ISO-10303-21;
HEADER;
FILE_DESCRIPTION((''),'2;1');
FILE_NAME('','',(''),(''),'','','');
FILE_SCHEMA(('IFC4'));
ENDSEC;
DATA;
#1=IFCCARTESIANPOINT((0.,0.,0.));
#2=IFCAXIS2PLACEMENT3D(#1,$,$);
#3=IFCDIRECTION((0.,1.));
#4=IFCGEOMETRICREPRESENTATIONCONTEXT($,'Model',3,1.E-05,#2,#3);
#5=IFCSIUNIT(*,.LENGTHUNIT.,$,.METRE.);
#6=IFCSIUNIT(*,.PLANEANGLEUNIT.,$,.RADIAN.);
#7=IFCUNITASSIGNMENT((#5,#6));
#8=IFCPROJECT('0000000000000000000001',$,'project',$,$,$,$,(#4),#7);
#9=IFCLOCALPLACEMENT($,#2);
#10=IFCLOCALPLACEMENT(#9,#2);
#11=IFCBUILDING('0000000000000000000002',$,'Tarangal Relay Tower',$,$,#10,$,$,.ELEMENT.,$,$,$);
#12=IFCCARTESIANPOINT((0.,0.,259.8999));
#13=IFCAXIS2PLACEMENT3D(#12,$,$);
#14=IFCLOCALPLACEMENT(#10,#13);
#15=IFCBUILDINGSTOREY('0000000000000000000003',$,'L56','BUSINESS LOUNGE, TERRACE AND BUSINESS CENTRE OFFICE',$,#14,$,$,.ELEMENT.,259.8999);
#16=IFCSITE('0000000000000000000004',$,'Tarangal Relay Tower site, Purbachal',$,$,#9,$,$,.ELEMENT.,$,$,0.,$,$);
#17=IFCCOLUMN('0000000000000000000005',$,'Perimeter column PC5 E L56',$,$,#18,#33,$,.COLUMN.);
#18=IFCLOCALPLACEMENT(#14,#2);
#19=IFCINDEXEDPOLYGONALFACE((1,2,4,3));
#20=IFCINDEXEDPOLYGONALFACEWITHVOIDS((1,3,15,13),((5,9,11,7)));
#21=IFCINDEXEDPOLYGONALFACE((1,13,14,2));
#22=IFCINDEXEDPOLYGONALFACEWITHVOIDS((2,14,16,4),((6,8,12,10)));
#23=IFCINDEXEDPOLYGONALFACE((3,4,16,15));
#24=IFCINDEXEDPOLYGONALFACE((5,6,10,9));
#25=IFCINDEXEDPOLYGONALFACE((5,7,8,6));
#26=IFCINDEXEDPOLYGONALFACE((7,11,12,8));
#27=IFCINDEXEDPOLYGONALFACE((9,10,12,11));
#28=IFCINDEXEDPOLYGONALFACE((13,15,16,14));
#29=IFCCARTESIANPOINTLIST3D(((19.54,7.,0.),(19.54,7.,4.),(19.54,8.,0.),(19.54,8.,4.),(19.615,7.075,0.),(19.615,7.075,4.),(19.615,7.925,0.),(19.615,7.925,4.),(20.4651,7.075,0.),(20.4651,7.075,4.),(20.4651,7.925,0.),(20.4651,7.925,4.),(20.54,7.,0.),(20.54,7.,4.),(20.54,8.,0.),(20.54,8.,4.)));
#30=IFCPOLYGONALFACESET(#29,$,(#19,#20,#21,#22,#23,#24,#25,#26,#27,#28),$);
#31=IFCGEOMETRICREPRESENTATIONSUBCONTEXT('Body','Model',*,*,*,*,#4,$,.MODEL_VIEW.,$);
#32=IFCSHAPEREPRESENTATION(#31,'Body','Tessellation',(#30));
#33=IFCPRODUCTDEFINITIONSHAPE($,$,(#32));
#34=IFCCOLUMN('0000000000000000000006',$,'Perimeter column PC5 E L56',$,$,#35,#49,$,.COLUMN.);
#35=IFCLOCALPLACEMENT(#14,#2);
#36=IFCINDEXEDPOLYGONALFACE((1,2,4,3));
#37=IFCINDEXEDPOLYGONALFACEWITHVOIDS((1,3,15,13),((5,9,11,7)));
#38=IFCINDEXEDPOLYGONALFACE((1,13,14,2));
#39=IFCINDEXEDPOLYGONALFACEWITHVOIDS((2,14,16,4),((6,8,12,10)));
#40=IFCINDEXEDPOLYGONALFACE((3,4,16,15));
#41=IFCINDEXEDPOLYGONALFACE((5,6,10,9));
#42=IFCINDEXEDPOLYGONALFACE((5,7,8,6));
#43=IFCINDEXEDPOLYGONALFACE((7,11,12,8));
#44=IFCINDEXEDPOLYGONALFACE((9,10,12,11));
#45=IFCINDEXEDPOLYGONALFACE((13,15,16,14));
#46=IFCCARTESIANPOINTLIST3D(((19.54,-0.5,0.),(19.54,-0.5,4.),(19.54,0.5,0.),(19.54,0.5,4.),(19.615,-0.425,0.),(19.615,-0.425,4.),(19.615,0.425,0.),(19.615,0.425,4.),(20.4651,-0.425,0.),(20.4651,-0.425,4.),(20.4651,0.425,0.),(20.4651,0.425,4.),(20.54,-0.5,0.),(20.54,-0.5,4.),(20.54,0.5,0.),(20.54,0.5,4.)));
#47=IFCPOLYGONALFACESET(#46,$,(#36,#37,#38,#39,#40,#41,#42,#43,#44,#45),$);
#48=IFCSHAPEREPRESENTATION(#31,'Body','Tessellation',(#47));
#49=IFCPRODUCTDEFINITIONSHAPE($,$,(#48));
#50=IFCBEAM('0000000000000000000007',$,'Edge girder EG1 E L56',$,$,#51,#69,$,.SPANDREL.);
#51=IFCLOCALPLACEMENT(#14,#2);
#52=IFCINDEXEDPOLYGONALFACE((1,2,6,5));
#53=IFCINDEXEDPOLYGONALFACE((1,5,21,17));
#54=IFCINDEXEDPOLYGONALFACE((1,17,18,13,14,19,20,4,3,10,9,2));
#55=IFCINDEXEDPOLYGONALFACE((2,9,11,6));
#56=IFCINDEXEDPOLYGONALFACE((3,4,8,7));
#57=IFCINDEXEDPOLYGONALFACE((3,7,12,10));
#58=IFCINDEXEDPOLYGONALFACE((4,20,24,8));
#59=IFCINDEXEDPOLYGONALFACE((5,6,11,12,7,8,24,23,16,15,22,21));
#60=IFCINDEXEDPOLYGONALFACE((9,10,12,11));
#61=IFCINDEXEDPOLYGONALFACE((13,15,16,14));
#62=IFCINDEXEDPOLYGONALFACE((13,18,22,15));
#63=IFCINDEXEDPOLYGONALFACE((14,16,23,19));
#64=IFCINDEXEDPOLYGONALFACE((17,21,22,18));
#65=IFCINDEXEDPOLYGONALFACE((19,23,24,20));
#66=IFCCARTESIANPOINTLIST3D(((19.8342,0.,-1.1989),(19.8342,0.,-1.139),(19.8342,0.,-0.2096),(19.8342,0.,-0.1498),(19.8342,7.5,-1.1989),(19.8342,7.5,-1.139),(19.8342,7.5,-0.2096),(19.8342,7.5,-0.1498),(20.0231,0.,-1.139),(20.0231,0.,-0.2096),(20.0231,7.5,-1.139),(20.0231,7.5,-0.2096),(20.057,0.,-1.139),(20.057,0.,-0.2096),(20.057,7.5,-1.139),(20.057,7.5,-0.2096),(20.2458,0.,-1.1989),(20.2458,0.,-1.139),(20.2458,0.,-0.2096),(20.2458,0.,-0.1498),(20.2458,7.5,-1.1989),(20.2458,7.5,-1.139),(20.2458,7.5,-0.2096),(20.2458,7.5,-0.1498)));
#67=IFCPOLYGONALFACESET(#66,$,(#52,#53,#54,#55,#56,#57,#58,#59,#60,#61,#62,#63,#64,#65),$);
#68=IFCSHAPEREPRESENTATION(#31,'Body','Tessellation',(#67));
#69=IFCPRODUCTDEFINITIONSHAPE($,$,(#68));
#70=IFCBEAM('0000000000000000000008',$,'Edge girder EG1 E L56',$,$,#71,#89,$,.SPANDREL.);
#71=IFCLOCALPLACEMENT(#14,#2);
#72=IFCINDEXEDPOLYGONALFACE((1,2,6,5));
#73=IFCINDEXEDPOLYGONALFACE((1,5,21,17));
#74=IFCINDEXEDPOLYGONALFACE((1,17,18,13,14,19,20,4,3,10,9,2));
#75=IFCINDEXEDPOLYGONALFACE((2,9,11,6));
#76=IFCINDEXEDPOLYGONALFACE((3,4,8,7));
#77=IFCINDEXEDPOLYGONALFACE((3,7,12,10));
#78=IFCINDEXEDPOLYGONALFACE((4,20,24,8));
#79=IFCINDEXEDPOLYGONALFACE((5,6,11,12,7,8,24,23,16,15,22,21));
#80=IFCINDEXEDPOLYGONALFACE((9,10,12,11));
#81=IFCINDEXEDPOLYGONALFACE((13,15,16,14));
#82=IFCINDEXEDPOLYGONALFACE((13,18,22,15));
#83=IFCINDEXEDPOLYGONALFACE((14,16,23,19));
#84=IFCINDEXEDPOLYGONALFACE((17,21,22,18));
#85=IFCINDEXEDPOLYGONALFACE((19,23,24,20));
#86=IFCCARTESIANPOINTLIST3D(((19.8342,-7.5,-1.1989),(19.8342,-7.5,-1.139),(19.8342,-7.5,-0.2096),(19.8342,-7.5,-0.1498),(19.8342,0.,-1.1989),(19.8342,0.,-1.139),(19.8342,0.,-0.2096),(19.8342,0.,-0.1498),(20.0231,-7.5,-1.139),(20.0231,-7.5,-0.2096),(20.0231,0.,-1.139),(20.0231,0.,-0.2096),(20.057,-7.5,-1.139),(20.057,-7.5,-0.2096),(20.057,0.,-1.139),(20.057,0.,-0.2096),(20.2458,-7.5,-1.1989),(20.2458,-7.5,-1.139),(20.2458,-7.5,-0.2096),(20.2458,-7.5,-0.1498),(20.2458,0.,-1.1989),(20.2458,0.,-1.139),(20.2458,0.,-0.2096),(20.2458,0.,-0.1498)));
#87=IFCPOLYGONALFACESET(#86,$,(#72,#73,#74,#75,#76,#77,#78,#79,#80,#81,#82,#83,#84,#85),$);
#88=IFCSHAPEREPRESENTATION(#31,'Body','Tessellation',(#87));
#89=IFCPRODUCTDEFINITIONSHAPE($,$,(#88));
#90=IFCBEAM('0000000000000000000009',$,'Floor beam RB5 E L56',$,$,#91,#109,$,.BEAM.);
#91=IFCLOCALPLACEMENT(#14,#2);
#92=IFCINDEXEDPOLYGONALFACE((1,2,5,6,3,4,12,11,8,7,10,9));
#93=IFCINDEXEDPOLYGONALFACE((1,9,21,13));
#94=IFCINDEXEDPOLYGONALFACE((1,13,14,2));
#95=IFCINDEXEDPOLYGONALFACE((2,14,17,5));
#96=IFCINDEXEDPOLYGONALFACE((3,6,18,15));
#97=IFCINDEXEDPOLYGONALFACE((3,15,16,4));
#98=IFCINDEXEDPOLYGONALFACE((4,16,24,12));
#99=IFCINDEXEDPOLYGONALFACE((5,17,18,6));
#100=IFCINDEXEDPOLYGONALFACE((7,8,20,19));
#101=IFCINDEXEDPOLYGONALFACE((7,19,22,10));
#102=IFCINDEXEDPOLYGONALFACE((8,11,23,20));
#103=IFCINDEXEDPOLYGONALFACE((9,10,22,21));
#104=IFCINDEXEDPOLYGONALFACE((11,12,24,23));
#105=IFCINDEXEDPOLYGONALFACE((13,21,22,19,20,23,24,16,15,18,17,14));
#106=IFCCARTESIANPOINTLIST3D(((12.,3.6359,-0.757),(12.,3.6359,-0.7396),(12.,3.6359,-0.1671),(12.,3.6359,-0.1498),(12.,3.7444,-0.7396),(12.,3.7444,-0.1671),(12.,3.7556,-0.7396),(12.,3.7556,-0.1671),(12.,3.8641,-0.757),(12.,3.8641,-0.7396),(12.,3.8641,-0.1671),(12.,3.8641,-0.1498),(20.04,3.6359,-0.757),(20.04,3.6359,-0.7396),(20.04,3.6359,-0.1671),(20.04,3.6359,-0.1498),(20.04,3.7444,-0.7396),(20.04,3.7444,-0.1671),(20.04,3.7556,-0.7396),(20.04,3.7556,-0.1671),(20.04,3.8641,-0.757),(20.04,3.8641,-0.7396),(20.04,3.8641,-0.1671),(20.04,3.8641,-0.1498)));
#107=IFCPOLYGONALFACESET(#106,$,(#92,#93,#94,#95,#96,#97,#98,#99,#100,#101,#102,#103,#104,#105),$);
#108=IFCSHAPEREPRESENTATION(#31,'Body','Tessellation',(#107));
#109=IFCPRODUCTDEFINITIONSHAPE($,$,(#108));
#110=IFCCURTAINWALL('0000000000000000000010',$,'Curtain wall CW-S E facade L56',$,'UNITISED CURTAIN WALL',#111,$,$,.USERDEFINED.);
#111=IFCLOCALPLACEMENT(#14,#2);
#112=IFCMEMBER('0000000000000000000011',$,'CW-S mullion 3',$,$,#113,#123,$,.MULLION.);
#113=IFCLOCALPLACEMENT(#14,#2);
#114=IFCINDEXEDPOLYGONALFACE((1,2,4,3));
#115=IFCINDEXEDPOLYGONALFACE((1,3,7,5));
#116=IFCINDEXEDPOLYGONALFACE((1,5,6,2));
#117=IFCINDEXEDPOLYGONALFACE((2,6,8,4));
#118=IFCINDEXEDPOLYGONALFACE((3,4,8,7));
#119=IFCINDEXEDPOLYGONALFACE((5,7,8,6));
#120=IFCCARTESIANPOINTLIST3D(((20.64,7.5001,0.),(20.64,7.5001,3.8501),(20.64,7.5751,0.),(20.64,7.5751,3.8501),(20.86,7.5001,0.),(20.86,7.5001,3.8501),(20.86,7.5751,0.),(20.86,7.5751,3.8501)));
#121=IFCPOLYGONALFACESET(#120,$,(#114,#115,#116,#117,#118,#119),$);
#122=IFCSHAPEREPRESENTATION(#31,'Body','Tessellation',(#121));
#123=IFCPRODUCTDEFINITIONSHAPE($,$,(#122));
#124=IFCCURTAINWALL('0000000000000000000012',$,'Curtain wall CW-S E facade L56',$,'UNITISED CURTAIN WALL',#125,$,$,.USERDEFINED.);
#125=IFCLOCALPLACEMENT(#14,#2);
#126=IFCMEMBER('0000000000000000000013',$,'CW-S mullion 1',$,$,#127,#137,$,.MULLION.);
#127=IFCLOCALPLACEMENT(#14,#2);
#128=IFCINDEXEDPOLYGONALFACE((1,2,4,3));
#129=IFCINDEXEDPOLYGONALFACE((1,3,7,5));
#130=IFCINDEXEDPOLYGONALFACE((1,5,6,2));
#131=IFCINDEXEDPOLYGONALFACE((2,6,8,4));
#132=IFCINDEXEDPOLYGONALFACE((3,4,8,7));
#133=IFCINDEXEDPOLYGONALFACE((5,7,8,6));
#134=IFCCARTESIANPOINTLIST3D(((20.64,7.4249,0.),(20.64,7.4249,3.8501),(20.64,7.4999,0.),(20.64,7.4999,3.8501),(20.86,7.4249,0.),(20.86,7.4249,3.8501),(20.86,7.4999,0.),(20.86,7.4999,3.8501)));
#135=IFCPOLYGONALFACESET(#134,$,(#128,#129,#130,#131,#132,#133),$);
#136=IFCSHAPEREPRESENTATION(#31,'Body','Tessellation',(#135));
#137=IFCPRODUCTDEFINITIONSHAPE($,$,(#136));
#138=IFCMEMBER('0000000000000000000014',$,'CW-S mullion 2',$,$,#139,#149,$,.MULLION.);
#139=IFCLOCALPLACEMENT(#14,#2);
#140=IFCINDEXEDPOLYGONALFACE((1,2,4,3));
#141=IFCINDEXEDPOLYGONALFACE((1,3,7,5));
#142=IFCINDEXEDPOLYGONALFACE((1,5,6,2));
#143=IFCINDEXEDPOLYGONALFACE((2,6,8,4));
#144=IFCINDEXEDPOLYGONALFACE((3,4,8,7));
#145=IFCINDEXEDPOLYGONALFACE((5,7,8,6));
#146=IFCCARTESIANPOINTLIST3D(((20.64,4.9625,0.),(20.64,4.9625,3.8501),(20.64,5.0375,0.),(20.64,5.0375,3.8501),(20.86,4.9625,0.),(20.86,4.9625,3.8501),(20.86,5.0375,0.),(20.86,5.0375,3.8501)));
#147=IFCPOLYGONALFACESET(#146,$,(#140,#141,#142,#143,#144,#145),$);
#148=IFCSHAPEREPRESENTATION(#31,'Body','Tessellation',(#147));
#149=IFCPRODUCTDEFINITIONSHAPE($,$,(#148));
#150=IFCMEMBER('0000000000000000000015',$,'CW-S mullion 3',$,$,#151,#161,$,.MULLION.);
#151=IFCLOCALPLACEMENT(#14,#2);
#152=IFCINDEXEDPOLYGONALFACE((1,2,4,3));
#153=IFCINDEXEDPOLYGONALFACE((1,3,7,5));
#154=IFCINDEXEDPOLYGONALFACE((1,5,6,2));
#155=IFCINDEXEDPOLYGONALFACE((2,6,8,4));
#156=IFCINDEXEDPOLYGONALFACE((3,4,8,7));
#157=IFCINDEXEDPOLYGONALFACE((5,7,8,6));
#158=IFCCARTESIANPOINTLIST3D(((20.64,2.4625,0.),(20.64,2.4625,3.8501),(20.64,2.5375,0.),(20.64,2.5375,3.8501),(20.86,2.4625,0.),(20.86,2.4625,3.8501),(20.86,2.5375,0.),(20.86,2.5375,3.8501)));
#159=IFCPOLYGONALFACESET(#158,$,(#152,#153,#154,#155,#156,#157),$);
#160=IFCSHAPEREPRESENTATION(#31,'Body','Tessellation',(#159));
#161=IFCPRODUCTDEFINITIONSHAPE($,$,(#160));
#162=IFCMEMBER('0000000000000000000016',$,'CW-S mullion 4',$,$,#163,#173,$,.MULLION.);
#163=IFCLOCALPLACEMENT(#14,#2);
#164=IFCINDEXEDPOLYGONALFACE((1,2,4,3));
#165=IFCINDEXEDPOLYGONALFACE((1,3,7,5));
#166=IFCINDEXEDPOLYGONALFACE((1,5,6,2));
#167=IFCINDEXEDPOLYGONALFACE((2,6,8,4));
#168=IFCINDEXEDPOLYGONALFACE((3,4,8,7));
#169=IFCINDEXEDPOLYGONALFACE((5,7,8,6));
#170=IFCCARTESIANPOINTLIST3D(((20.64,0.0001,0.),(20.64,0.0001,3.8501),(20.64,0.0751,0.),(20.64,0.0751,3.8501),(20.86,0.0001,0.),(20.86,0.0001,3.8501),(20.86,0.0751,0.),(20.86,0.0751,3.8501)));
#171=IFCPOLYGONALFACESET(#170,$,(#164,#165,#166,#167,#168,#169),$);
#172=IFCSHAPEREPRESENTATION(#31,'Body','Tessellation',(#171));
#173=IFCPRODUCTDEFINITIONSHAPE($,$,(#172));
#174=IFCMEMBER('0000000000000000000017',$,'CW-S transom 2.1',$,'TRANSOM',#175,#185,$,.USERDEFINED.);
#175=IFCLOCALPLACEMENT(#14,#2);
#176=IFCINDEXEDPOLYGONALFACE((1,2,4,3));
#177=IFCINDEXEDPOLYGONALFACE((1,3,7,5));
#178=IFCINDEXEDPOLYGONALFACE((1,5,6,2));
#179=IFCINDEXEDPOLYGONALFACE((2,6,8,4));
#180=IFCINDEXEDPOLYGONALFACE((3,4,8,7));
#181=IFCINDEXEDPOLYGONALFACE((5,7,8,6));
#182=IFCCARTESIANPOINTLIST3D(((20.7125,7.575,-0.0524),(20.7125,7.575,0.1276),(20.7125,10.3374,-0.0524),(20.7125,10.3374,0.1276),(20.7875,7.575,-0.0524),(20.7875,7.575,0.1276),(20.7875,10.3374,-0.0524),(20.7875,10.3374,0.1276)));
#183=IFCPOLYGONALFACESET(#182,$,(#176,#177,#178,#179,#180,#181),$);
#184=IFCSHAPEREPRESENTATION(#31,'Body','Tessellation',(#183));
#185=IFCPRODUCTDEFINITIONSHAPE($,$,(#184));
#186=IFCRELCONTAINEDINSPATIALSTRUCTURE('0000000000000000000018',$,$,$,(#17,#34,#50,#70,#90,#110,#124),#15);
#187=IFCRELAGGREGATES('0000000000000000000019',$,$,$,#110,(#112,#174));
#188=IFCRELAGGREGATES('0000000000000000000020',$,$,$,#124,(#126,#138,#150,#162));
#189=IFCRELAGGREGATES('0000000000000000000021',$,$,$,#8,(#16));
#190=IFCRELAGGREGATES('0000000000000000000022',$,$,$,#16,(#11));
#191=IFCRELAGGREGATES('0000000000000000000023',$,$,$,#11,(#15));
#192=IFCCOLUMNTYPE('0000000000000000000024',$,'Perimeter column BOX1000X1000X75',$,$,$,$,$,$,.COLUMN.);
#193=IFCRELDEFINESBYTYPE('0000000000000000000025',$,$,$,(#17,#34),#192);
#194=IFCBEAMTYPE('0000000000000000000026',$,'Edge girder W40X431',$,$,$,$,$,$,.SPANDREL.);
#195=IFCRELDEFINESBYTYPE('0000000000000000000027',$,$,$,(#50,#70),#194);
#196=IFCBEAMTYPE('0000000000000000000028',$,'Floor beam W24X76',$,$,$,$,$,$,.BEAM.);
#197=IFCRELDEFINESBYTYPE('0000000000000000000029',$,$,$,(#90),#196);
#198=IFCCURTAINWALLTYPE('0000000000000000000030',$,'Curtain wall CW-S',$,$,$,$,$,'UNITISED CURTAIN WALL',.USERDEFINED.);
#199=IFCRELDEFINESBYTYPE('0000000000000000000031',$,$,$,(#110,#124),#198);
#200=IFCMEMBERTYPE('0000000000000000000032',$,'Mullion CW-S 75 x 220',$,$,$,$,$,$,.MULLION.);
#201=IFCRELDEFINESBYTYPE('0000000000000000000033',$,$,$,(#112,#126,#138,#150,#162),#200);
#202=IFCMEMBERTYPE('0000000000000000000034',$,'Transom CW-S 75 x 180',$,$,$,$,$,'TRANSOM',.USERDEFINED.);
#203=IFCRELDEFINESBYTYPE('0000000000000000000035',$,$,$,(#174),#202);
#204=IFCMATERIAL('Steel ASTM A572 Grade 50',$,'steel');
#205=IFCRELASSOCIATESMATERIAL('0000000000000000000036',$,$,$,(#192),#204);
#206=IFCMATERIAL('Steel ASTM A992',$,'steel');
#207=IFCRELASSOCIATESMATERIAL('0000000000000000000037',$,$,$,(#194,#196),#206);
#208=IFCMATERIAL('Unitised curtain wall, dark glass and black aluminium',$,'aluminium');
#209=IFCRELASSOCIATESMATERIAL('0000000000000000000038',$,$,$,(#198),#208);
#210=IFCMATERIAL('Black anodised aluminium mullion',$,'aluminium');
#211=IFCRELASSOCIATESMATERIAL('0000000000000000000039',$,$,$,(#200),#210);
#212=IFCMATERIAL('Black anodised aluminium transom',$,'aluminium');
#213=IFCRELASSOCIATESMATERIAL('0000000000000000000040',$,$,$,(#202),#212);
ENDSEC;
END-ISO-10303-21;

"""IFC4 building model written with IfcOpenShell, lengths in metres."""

from ifc_helpers import new_model, si_unit, direction, frame, origin, origin_2d, place, context, subcontext, project, spatial, rectangle, hollow_rectangle, i_section, extrude, material, material_profile, profile_set, type_object, element, aggregate, save


model = new_model("IFC4")

# Units and contexts
model_context = context("Model", 3, precision=1e-05, world=origin(), true_north=direction((0.0, 1.0)))
body_context = subcontext(model_context, "Body", "Model", "MODEL_VIEW")
ifc_project = project(units=[si_unit("LENGTHUNIT", "METRE"), si_unit("PLANEANGLEUNIT", "RADIAN")], contexts=[model_context])

# Site, building, storey
site_placement = place(None, origin())
site = spatial("IfcSite", under=ifc_project, at=site_placement, Name="Tarangal Relay Tower site, Purbachal", CompositionType="ELEMENT", RefElevation=0.0)
building_placement = place(site_placement, origin())
building = spatial("IfcBuilding", under=site, at=building_placement, Name="Tarangal Relay Tower", CompositionType="ELEMENT")
storey_placement = place(building_placement, frame((0.0, 0.0, 259.8999)))
storey = spatial("IfcBuildingStorey", under=building, at=storey_placement, Name="L56", Description="BUSINESS LOUNGE, TERRACE AND BUSINESS CENTRE OFFICE", CompositionType="ELEMENT", Elevation=259.8999)

# Columns
ifc_material_1 = material(Name="Steel ASTM A572 Grade 50", Category="steel")
ifc_material_profile_1 = material_profile(ifc_material_1, hollow_rectangle(XDim=1.0, YDim=1.0, WallThickness=0.075, at=origin_2d()), Name="BOX1000X1000X75")
ifc_profile_set_1 = profile_set([ifc_material_profile_1], Name="Steel ASTM A572 Grade 50")
column_type = type_object("IfcColumnType", Name="Perimeter column BOX1000X1000X75", PredefinedType="COLUMN", material=ifc_profile_set_1)
for number, where, z_axis, x_axis, name in (
    (1, (20.04, 7.5, 0.0), (0.0, 0.0, 1.0), (1.0, 0.0, 0.0), "Perimeter column PC5 E L56"),
    (2, (20.04, 0.0, 0.0), (0.0, 0.0, 1.0), (1.0, 0.0, 0.0), "Perimeter column PC5 E L56"),
):
    element("IfcColumn", number, at=place(storey_placement, frame(where, z_axis=z_axis, x_axis=x_axis)), inside=storey, type_object=column_type, Name=name, PredefinedType="COLUMN", context=body_context, shape_type="SweptSolid", body=[
        extrude(hollow_rectangle(XDim=1.0, YDim=1.0, WallThickness=0.075, at=origin_2d()), origin(), (0.0, 0.0, 1.0), 4.0),
    ])

# Beams
ifc_material_2 = material(Name="Steel ASTM A992", Category="steel")
ifc_material_profile_2 = material_profile(ifc_material_2, i_section(OverallWidth=0.4116, OverallDepth=1.0491, WebThickness=0.0339, FlangeThickness=0.0598, at=origin_2d()), Name="W40X431")
ifc_profile_set_2 = profile_set([ifc_material_profile_2], Name="Steel ASTM A992")
beam_type_1 = type_object("IfcBeamType", Name="Edge girder W40X431", PredefinedType="SPANDREL", material=ifc_profile_set_2)
for number, where, z_axis, x_axis, name in (
    (3, (20.04, 7.5, -0.6743), (0.0, -1.0, 0.0), (1.0, 0.0, 0.0), "Edge girder EG1 E L56"),
    (4, (20.04, 0.0, -0.6743), (0.0, -1.0, 0.0), (1.0, 0.0, 0.0), "Edge girder EG1 E L56"),
):
    element("IfcBeam", number, at=place(storey_placement, frame(where, z_axis=z_axis, x_axis=x_axis)), inside=storey, type_object=beam_type_1, Name=name, PredefinedType="SPANDREL", context=body_context, shape_type="SweptSolid", body=[
        extrude(i_section(OverallWidth=0.4116, OverallDepth=1.0491, WebThickness=0.0339, FlangeThickness=0.0598, at=origin_2d()), origin(), (0.0, 0.0, 1.0), 7.5),
    ])
ifc_material_profile_3 = material_profile(ifc_material_2, i_section(OverallWidth=0.2283, OverallDepth=0.6072, WebThickness=0.0112, FlangeThickness=0.0173, at=origin_2d()), Name="W24X76")
ifc_profile_set_3 = profile_set([ifc_material_profile_3], Name="Steel ASTM A992")
beam_type_2 = type_object("IfcBeamType", Name="Floor beam W24X76", PredefinedType="BEAM", material=ifc_profile_set_3)
beam_placement = place(storey_placement, frame((12.0, 3.75, -0.4534), z_axis=(1.0, 0.0, 0.0), x_axis=(0.0, 1.0, 0.0)))
element("IfcBeam", 5, at=beam_placement, inside=storey, type_object=beam_type_2, Name="Floor beam RB5 E L56", PredefinedType="BEAM", context=body_context, shape_type="SweptSolid", body=[
    extrude(i_section(OverallWidth=0.2283, OverallDepth=0.6072, WebThickness=0.0112, FlangeThickness=0.0173, at=origin_2d()), origin(), (0.0, 0.0, 1.0), 8.04),
])

# Curtain wall, member
ifc_material_3 = material(Name="Unitised curtain wall, dark glass and black aluminium", Category="aluminium")
curtain_wall_type = type_object("IfcCurtainWallType", Name="Curtain wall CW-S", ElementType="UNITISED CURTAIN WALL", PredefinedType="USERDEFINED", material=ifc_material_3)
curtain_wall_1_placement = place(storey_placement, origin())
curtain_wall_1 = element("IfcCurtainWall", 6, at=curtain_wall_1_placement, inside=storey, type_object=curtain_wall_type, Name="Curtain wall CW-S E facade L56", ObjectType="UNITISED CURTAIN WALL", PredefinedType="USERDEFINED")
ifc_material_4 = material(Name="Black anodised aluminium mullion", Category="aluminium")
ifc_material_profile_4 = material_profile(ifc_material_4, rectangle(XDim=0.22, YDim=0.075, at=origin_2d()), Name="CW-SM 75X220")
ifc_profile_set_4 = profile_set([ifc_material_profile_4], Name="Black anodised aluminium mullion")
member_type_1 = type_object("IfcMemberType", Name="Mullion CW-S 75 x 220", PredefinedType="MULLION", material=ifc_profile_set_4)
member_1_placement = place(storey_placement, frame((20.75, 7.5376, 0.0), z_axis=(0.0, 0.0, 1.0), x_axis=(1.0, 0.0, 0.0)))
member_1 = element("IfcMember", 7, at=member_1_placement, type_object=member_type_1, Name="CW-S mullion 3", PredefinedType="MULLION", context=body_context, shape_type="SweptSolid", body=[
    extrude(rectangle(XDim=0.22, YDim=0.075, at=origin_2d()), origin(), (0.0, 0.0, 1.0), 3.8501),
])

# Curtain wall, members
curtain_wall_2_placement = place(storey_placement, origin())
curtain_wall_2 = element("IfcCurtainWall", 8, at=curtain_wall_2_placement, inside=storey, type_object=curtain_wall_type, Name="Curtain wall CW-S E facade L56", ObjectType="UNITISED CURTAIN WALL", PredefinedType="USERDEFINED")
member_2_placement = place(storey_placement, frame((20.75, 7.4624, 0.0), z_axis=(0.0, 0.0, 1.0), x_axis=(1.0, 0.0, 0.0)))
member_2 = element("IfcMember", 9, at=member_2_placement, type_object=member_type_1, Name="CW-S mullion 1", PredefinedType="MULLION", context=body_context, shape_type="SweptSolid", body=[
    extrude(rectangle(XDim=0.22, YDim=0.075, at=origin_2d()), origin(), (0.0, 0.0, 1.0), 3.8501),
])
member_3_placement = place(storey_placement, frame((20.75, 5.0, 0.0), z_axis=(0.0, 0.0, 1.0), x_axis=(1.0, 0.0, 0.0)))
member_3 = element("IfcMember", 10, at=member_3_placement, type_object=member_type_1, Name="CW-S mullion 2", PredefinedType="MULLION", context=body_context, shape_type="SweptSolid", body=[
    extrude(rectangle(XDim=0.22, YDim=0.075, at=origin_2d()), origin(), (0.0, 0.0, 1.0), 3.8501),
])
member_4_placement = place(storey_placement, frame((20.75, 2.5, 0.0), z_axis=(0.0, 0.0, 1.0), x_axis=(1.0, 0.0, 0.0)))
member_4 = element("IfcMember", 11, at=member_4_placement, type_object=member_type_1, Name="CW-S mullion 3", PredefinedType="MULLION", context=body_context, shape_type="SweptSolid", body=[
    extrude(rectangle(XDim=0.22, YDim=0.075, at=origin_2d()), origin(), (0.0, 0.0, 1.0), 3.8501),
])
member_5_placement = place(storey_placement, frame((20.75, 0.0376, 0.0), z_axis=(0.0, 0.0, 1.0), x_axis=(1.0, 0.0, 0.0)))
member_5 = element("IfcMember", 12, at=member_5_placement, type_object=member_type_1, Name="CW-S mullion 4", PredefinedType="MULLION", context=body_context, shape_type="SweptSolid", body=[
    extrude(rectangle(XDim=0.22, YDim=0.075, at=origin_2d()), origin(), (0.0, 0.0, 1.0), 3.8501),
])

# Member
ifc_material_5 = material(Name="Black anodised aluminium transom", Category="aluminium")
ifc_material_profile_5 = material_profile(ifc_material_5, rectangle(XDim=0.075, YDim=0.1799, at=origin_2d()), Name="CW-ST 75X180")
ifc_profile_set_5 = profile_set([ifc_material_profile_5], Name="Black anodised aluminium transom")
member_type_2 = type_object("IfcMemberType", Name="Transom CW-S 75 x 180", ElementType="TRANSOM", PredefinedType="USERDEFINED", material=ifc_profile_set_5)
member_6_placement = place(storey_placement, frame((20.75, 10.3374, 0.0376), z_axis=(0.0, -1.0, 0.0), x_axis=(1.0, 0.0, 0.0)))
member_6 = element("IfcMember", 13, at=member_6_placement, type_object=member_type_2, Name="CW-S transom 2.1", ObjectType="TRANSOM", PredefinedType="USERDEFINED", context=body_context, shape_type="SweptSolid", body=[
    extrude(rectangle(XDim=0.075, YDim=0.1799, at=origin_2d()), origin(), (0.0, 0.0, 1.0), 2.7625),
])

aggregate(curtain_wall_1, [member_1, member_6])
aggregate(curtain_wall_2, [member_2, member_3, member_4, member_5])

save(model, "model.ifc")
